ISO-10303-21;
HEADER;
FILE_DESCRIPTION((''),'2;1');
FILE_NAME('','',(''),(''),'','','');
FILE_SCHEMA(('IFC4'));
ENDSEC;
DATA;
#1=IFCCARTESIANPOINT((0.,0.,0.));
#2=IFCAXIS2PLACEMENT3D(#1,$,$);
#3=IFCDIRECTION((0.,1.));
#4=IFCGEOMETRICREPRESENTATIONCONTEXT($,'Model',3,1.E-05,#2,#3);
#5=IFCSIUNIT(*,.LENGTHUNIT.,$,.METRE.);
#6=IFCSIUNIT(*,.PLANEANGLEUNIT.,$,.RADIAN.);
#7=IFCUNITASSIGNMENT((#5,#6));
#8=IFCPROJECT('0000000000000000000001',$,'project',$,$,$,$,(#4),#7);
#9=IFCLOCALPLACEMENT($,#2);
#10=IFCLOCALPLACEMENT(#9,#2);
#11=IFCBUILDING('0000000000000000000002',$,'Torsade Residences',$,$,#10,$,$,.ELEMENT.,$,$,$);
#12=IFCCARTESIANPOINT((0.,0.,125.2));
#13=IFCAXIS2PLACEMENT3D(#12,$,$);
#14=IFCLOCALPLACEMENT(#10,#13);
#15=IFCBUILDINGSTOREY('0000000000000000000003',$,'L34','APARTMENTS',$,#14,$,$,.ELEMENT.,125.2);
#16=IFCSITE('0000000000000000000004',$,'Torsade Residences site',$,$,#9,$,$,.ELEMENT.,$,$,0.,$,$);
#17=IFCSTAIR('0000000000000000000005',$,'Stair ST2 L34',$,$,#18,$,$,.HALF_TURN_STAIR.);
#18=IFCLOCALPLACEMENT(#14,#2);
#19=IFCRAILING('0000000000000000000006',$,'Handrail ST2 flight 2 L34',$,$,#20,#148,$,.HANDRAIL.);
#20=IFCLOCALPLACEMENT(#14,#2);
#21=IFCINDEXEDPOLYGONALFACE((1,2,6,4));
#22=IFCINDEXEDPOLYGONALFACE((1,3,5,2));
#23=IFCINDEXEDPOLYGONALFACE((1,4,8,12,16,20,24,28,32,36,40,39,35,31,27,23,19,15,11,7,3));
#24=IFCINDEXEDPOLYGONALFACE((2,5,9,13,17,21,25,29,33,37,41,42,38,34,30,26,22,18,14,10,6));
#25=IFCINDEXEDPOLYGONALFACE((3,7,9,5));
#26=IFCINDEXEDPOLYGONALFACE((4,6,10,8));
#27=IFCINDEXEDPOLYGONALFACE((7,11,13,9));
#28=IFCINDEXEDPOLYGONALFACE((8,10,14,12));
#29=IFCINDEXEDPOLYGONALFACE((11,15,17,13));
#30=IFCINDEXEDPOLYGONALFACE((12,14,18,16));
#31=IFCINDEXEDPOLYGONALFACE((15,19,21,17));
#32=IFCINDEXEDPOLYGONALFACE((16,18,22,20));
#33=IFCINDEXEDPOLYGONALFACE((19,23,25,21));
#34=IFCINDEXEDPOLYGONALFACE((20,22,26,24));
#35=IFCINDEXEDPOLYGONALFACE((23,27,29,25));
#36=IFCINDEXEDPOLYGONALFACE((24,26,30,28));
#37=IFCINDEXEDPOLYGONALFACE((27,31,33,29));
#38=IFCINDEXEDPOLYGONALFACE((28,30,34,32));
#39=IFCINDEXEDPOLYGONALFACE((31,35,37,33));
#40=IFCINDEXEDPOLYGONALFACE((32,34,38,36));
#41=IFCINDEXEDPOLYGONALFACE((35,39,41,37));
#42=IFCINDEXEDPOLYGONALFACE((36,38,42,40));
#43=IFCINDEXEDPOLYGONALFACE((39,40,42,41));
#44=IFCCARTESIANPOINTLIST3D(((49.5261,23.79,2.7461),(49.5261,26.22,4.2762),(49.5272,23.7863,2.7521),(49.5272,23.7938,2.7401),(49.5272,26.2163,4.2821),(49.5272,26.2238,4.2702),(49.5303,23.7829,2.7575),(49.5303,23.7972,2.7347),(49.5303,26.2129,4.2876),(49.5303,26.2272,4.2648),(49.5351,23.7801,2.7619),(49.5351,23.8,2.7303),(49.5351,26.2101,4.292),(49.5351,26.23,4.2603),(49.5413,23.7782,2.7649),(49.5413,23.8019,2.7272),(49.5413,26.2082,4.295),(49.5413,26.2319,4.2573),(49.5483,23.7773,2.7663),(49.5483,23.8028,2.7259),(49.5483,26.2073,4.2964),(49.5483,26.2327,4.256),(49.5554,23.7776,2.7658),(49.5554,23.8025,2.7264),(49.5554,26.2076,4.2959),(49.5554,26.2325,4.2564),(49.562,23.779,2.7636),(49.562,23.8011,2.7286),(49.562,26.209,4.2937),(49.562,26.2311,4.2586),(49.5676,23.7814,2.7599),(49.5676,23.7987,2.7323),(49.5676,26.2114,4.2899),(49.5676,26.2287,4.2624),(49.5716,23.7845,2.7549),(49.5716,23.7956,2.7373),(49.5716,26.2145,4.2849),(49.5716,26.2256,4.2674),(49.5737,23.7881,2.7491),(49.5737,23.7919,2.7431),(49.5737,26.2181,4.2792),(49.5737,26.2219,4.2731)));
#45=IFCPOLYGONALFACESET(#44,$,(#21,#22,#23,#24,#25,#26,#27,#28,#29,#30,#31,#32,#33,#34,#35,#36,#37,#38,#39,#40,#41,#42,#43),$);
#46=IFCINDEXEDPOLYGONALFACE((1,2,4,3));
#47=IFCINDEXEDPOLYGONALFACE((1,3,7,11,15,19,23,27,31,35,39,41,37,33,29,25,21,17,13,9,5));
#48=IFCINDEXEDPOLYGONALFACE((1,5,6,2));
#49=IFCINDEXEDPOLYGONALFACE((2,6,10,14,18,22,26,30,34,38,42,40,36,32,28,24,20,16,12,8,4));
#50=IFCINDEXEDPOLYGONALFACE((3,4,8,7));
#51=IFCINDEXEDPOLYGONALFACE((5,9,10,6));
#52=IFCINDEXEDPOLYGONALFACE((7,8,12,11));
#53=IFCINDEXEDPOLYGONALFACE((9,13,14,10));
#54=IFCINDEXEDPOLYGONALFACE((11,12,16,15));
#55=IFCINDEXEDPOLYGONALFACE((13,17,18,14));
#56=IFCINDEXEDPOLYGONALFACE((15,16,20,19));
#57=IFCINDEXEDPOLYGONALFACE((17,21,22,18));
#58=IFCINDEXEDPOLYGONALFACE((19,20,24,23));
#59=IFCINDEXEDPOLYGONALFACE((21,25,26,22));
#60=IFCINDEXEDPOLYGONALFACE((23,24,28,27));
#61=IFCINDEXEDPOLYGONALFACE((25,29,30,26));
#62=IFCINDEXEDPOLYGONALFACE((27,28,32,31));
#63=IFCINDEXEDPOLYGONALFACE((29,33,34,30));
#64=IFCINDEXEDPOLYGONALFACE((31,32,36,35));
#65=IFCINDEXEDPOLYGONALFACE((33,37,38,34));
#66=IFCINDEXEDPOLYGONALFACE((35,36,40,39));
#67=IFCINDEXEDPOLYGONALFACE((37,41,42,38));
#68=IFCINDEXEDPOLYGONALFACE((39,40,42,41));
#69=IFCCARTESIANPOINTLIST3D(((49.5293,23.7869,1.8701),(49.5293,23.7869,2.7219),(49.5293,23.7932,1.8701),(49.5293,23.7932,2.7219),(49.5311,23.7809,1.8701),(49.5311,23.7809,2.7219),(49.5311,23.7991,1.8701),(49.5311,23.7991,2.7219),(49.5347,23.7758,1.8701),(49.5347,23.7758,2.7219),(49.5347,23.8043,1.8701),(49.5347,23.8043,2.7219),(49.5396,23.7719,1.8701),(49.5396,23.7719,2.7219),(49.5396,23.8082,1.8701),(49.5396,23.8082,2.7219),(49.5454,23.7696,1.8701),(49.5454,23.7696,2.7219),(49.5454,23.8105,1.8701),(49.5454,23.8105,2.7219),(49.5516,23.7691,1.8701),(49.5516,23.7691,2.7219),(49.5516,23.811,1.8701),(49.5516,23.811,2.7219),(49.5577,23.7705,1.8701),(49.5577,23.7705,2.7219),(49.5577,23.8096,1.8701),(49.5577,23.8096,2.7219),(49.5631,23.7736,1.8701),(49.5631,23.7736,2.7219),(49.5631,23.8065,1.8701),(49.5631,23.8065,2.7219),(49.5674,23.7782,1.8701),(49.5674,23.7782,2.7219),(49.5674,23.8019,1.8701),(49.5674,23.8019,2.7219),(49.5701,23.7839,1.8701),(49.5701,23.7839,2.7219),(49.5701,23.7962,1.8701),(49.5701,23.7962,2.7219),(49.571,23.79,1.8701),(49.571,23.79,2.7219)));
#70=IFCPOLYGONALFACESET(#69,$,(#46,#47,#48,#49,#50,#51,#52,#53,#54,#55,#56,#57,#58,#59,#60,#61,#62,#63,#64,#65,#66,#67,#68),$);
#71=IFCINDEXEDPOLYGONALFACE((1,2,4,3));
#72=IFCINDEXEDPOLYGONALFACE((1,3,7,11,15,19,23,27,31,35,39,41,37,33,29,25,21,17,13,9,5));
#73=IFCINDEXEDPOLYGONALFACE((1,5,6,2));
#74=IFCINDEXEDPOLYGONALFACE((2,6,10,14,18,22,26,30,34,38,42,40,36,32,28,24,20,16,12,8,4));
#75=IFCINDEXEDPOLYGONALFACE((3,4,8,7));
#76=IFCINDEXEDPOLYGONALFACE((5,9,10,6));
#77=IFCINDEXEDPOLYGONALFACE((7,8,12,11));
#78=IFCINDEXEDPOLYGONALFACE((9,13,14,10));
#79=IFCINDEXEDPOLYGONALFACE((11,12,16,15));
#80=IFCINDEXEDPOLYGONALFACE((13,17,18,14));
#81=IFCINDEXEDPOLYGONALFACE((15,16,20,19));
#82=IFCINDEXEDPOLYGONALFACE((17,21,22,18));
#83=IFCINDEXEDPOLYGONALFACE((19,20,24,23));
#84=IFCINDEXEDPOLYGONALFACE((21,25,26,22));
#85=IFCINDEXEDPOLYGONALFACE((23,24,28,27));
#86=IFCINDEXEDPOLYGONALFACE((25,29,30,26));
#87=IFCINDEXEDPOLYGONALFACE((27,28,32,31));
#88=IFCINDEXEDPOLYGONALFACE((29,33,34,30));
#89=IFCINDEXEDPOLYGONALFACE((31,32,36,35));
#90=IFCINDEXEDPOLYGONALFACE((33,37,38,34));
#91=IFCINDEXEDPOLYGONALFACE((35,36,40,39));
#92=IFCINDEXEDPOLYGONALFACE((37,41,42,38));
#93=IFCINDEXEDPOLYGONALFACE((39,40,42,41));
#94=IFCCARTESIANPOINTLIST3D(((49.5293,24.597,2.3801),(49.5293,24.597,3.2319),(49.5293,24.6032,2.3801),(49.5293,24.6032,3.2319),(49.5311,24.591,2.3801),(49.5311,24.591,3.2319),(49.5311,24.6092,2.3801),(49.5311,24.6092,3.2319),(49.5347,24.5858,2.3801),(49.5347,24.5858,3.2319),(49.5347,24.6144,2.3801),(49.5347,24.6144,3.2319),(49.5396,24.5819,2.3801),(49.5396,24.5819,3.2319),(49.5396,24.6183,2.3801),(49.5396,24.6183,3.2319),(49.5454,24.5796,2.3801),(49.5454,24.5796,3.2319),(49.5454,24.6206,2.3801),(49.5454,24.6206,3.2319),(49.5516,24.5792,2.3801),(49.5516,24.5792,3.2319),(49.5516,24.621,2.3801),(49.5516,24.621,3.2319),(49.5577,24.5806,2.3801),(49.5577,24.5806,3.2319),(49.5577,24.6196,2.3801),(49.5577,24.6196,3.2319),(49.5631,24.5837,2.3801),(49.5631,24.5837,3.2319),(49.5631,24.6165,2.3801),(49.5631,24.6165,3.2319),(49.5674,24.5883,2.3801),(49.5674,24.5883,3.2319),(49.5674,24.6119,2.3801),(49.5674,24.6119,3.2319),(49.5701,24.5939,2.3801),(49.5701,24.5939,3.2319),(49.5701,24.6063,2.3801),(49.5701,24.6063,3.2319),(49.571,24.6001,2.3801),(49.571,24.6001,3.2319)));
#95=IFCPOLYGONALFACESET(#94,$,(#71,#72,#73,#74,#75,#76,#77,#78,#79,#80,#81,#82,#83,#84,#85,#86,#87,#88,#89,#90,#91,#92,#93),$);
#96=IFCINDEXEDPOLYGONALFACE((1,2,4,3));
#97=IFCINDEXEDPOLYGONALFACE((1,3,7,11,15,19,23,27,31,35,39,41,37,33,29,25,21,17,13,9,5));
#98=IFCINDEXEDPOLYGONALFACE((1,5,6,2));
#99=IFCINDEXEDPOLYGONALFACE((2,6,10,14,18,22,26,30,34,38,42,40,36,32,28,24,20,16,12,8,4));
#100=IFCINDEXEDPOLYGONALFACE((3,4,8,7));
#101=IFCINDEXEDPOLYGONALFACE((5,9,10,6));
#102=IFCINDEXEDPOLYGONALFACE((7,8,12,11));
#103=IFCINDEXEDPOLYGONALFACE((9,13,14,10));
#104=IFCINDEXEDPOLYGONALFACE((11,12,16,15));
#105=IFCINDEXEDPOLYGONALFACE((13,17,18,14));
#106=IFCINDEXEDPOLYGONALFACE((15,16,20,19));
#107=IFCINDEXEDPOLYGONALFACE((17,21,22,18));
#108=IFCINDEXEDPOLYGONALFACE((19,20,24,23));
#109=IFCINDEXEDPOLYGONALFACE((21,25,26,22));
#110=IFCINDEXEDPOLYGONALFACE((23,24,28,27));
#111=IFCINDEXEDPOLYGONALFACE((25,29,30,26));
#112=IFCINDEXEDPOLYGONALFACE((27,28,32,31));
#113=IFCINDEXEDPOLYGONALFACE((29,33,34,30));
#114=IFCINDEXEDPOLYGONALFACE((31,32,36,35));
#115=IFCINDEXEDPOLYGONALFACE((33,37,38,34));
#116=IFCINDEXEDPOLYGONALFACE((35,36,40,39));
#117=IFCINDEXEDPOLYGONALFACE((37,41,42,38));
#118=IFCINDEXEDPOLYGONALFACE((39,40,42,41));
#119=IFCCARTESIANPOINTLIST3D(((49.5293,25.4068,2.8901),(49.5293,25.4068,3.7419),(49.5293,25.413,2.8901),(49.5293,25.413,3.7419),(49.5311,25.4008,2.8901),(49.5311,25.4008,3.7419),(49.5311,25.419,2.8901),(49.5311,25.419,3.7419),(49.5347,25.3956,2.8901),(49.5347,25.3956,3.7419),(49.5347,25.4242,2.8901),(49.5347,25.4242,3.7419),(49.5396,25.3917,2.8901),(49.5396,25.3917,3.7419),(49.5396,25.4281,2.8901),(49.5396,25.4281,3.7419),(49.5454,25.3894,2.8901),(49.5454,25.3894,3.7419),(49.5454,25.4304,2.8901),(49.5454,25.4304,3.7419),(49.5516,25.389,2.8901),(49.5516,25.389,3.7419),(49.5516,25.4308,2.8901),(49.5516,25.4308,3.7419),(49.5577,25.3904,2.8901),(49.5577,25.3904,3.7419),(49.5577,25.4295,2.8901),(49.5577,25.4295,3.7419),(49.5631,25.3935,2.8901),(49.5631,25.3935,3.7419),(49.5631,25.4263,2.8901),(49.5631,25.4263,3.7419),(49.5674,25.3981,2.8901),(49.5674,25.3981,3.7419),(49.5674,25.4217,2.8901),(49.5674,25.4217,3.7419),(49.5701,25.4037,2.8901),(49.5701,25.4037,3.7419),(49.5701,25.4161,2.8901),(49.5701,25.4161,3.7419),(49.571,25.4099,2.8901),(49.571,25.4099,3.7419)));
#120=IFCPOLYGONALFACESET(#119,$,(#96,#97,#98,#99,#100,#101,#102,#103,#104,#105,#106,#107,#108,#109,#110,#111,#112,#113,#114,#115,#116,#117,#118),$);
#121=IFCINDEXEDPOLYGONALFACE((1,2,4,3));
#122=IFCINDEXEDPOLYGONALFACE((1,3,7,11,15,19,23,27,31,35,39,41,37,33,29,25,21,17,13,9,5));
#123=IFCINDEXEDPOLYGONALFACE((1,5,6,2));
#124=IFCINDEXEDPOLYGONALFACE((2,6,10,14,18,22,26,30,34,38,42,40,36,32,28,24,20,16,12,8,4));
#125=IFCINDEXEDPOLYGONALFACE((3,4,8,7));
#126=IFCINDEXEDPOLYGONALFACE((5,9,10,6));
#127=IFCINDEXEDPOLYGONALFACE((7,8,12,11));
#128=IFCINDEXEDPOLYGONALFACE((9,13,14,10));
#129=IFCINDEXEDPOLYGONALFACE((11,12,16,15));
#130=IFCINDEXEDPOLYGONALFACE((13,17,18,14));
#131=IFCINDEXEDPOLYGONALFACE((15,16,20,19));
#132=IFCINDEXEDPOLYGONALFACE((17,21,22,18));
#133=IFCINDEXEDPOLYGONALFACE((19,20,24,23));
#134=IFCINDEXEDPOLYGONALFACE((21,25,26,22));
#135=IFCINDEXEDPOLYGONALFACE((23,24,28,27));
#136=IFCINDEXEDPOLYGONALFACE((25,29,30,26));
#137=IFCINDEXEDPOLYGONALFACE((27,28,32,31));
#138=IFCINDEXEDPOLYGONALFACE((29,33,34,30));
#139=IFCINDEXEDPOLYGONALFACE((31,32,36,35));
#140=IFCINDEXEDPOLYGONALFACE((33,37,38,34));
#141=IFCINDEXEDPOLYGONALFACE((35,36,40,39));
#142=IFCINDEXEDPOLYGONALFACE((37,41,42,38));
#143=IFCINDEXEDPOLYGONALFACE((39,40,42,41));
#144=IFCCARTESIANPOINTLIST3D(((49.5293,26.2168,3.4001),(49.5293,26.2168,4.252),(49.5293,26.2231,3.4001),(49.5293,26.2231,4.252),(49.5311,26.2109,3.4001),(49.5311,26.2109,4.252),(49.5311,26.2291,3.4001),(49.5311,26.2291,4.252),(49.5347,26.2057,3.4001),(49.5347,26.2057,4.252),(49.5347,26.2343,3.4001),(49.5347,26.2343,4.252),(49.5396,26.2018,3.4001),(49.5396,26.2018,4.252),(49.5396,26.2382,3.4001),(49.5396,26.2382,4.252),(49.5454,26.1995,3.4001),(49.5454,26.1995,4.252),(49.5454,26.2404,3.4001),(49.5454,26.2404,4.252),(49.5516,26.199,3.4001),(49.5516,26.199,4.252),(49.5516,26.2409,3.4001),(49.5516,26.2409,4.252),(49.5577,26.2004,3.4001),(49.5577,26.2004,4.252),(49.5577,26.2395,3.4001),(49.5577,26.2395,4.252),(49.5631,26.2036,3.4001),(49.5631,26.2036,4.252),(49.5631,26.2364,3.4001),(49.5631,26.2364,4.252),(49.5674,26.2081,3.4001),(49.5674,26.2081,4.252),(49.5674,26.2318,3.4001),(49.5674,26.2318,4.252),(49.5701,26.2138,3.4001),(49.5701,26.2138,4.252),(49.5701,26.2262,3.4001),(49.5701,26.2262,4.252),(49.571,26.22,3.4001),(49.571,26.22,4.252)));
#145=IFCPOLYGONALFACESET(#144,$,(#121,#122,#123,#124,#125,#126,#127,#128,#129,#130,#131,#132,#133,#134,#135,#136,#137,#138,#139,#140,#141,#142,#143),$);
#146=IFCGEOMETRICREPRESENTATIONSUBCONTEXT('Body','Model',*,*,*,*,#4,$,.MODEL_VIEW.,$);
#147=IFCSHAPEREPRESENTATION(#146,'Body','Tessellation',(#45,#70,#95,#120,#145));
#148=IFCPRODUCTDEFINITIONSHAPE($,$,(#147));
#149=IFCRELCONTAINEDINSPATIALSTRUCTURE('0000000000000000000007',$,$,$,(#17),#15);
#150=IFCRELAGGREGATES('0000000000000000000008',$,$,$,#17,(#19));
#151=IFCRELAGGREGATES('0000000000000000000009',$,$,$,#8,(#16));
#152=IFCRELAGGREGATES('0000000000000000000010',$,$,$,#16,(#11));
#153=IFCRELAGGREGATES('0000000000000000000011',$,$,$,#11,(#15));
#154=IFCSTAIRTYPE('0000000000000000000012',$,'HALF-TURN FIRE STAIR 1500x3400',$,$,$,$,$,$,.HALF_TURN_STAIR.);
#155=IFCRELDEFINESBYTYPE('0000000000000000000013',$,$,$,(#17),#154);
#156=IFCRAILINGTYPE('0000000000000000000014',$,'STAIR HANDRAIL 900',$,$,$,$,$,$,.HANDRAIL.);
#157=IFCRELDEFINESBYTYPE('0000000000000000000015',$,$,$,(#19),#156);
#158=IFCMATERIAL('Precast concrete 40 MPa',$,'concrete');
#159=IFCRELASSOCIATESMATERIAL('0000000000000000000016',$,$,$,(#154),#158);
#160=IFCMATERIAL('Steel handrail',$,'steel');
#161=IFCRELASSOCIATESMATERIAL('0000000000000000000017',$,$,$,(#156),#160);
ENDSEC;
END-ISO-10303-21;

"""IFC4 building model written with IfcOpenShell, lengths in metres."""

from ifc_helpers import new_model, si_unit, direction, frame, origin, origin_2d, place, context, subcontext, project, spatial, circle, extrude, material, type_object, element, aggregate, save


model = new_model("IFC4")

# Units and contexts
model_context = context("Model", 3, precision=1e-05, world=origin(), true_north=direction((0.0, 1.0)))
body_context = subcontext(model_context, "Body", "Model", "MODEL_VIEW")
ifc_project = project(units=[si_unit("LENGTHUNIT", "METRE"), si_unit("PLANEANGLEUNIT", "RADIAN")], contexts=[model_context])

# Site, building, storey
site_placement = place(None, origin())
site = spatial("IfcSite", under=ifc_project, at=site_placement, Name="Torsade Residences site", CompositionType="ELEMENT", RefElevation=0.0)
building_placement = place(site_placement, origin())
building = spatial("IfcBuilding", under=site, at=building_placement, Name="Torsade Residences", CompositionType="ELEMENT")
storey_placement = place(building_placement, frame((0.0, 0.0, 125.2)))
storey = spatial("IfcBuildingStorey", under=building, at=storey_placement, Name="L34", Description="APARTMENTS", CompositionType="ELEMENT", Elevation=125.2)

# Stair, railing
ifc_material_1 = material(Name="Precast concrete 40 MPa", Category="concrete")
stair_type = type_object("IfcStairType", Name="HALF-TURN FIRE STAIR 1500x3400", PredefinedType="HALF_TURN_STAIR", material=ifc_material_1)
stair_placement = place(storey_placement, origin())
stair = element("IfcStair", 1, at=stair_placement, inside=storey, type_object=stair_type, Name="Stair ST2 L34", PredefinedType="HALF_TURN_STAIR")
ifc_material_2 = material(Name="Steel handrail", Category="steel")
railing_type = type_object("IfcRailingType", Name="STAIR HANDRAIL 900", PredefinedType="HANDRAIL", material=ifc_material_2)
railing_1_placement = place(storey_placement, frame((49.55, 23.79, 1.8701)))
railing_1 = element("IfcRailing", 2, at=railing_1_placement, type_object=railing_type, Name="Handrail ST2 flight 2 L34", PredefinedType="HANDRAIL", context=body_context, shape_type="SweptSolid", body=[
    extrude(circle(Radius=0.0239, at=origin_2d()), frame((0.0, 0.0, 0.876), z_axis=(0.0, 0.846221, 0.532831), x_axis=(-1.0, 0.0, 0.0)), (0.0, 0.0, 1.0), 2.8716),
    extrude(circle(Radius=0.021, at=origin_2d()), origin(), (0.0, 0.0, 1.0), 0.8518),
    extrude(circle(Radius=0.021, at=origin_2d()), frame((0.0, 0.8101, 0.51)), (0.0, 0.0, 1.0), 0.8518),
    extrude(circle(Radius=0.021, at=origin_2d()), frame((0.0, 1.6199, 1.02)), (0.0, 0.0, 1.0), 0.8518),
    extrude(circle(Radius=0.021, at=origin_2d()), frame((0.0, 2.4299, 1.53)), (0.0, 0.0, 1.0), 0.8518),
])
aggregate(stair, [railing_1])

save(model, "model.ifc")
